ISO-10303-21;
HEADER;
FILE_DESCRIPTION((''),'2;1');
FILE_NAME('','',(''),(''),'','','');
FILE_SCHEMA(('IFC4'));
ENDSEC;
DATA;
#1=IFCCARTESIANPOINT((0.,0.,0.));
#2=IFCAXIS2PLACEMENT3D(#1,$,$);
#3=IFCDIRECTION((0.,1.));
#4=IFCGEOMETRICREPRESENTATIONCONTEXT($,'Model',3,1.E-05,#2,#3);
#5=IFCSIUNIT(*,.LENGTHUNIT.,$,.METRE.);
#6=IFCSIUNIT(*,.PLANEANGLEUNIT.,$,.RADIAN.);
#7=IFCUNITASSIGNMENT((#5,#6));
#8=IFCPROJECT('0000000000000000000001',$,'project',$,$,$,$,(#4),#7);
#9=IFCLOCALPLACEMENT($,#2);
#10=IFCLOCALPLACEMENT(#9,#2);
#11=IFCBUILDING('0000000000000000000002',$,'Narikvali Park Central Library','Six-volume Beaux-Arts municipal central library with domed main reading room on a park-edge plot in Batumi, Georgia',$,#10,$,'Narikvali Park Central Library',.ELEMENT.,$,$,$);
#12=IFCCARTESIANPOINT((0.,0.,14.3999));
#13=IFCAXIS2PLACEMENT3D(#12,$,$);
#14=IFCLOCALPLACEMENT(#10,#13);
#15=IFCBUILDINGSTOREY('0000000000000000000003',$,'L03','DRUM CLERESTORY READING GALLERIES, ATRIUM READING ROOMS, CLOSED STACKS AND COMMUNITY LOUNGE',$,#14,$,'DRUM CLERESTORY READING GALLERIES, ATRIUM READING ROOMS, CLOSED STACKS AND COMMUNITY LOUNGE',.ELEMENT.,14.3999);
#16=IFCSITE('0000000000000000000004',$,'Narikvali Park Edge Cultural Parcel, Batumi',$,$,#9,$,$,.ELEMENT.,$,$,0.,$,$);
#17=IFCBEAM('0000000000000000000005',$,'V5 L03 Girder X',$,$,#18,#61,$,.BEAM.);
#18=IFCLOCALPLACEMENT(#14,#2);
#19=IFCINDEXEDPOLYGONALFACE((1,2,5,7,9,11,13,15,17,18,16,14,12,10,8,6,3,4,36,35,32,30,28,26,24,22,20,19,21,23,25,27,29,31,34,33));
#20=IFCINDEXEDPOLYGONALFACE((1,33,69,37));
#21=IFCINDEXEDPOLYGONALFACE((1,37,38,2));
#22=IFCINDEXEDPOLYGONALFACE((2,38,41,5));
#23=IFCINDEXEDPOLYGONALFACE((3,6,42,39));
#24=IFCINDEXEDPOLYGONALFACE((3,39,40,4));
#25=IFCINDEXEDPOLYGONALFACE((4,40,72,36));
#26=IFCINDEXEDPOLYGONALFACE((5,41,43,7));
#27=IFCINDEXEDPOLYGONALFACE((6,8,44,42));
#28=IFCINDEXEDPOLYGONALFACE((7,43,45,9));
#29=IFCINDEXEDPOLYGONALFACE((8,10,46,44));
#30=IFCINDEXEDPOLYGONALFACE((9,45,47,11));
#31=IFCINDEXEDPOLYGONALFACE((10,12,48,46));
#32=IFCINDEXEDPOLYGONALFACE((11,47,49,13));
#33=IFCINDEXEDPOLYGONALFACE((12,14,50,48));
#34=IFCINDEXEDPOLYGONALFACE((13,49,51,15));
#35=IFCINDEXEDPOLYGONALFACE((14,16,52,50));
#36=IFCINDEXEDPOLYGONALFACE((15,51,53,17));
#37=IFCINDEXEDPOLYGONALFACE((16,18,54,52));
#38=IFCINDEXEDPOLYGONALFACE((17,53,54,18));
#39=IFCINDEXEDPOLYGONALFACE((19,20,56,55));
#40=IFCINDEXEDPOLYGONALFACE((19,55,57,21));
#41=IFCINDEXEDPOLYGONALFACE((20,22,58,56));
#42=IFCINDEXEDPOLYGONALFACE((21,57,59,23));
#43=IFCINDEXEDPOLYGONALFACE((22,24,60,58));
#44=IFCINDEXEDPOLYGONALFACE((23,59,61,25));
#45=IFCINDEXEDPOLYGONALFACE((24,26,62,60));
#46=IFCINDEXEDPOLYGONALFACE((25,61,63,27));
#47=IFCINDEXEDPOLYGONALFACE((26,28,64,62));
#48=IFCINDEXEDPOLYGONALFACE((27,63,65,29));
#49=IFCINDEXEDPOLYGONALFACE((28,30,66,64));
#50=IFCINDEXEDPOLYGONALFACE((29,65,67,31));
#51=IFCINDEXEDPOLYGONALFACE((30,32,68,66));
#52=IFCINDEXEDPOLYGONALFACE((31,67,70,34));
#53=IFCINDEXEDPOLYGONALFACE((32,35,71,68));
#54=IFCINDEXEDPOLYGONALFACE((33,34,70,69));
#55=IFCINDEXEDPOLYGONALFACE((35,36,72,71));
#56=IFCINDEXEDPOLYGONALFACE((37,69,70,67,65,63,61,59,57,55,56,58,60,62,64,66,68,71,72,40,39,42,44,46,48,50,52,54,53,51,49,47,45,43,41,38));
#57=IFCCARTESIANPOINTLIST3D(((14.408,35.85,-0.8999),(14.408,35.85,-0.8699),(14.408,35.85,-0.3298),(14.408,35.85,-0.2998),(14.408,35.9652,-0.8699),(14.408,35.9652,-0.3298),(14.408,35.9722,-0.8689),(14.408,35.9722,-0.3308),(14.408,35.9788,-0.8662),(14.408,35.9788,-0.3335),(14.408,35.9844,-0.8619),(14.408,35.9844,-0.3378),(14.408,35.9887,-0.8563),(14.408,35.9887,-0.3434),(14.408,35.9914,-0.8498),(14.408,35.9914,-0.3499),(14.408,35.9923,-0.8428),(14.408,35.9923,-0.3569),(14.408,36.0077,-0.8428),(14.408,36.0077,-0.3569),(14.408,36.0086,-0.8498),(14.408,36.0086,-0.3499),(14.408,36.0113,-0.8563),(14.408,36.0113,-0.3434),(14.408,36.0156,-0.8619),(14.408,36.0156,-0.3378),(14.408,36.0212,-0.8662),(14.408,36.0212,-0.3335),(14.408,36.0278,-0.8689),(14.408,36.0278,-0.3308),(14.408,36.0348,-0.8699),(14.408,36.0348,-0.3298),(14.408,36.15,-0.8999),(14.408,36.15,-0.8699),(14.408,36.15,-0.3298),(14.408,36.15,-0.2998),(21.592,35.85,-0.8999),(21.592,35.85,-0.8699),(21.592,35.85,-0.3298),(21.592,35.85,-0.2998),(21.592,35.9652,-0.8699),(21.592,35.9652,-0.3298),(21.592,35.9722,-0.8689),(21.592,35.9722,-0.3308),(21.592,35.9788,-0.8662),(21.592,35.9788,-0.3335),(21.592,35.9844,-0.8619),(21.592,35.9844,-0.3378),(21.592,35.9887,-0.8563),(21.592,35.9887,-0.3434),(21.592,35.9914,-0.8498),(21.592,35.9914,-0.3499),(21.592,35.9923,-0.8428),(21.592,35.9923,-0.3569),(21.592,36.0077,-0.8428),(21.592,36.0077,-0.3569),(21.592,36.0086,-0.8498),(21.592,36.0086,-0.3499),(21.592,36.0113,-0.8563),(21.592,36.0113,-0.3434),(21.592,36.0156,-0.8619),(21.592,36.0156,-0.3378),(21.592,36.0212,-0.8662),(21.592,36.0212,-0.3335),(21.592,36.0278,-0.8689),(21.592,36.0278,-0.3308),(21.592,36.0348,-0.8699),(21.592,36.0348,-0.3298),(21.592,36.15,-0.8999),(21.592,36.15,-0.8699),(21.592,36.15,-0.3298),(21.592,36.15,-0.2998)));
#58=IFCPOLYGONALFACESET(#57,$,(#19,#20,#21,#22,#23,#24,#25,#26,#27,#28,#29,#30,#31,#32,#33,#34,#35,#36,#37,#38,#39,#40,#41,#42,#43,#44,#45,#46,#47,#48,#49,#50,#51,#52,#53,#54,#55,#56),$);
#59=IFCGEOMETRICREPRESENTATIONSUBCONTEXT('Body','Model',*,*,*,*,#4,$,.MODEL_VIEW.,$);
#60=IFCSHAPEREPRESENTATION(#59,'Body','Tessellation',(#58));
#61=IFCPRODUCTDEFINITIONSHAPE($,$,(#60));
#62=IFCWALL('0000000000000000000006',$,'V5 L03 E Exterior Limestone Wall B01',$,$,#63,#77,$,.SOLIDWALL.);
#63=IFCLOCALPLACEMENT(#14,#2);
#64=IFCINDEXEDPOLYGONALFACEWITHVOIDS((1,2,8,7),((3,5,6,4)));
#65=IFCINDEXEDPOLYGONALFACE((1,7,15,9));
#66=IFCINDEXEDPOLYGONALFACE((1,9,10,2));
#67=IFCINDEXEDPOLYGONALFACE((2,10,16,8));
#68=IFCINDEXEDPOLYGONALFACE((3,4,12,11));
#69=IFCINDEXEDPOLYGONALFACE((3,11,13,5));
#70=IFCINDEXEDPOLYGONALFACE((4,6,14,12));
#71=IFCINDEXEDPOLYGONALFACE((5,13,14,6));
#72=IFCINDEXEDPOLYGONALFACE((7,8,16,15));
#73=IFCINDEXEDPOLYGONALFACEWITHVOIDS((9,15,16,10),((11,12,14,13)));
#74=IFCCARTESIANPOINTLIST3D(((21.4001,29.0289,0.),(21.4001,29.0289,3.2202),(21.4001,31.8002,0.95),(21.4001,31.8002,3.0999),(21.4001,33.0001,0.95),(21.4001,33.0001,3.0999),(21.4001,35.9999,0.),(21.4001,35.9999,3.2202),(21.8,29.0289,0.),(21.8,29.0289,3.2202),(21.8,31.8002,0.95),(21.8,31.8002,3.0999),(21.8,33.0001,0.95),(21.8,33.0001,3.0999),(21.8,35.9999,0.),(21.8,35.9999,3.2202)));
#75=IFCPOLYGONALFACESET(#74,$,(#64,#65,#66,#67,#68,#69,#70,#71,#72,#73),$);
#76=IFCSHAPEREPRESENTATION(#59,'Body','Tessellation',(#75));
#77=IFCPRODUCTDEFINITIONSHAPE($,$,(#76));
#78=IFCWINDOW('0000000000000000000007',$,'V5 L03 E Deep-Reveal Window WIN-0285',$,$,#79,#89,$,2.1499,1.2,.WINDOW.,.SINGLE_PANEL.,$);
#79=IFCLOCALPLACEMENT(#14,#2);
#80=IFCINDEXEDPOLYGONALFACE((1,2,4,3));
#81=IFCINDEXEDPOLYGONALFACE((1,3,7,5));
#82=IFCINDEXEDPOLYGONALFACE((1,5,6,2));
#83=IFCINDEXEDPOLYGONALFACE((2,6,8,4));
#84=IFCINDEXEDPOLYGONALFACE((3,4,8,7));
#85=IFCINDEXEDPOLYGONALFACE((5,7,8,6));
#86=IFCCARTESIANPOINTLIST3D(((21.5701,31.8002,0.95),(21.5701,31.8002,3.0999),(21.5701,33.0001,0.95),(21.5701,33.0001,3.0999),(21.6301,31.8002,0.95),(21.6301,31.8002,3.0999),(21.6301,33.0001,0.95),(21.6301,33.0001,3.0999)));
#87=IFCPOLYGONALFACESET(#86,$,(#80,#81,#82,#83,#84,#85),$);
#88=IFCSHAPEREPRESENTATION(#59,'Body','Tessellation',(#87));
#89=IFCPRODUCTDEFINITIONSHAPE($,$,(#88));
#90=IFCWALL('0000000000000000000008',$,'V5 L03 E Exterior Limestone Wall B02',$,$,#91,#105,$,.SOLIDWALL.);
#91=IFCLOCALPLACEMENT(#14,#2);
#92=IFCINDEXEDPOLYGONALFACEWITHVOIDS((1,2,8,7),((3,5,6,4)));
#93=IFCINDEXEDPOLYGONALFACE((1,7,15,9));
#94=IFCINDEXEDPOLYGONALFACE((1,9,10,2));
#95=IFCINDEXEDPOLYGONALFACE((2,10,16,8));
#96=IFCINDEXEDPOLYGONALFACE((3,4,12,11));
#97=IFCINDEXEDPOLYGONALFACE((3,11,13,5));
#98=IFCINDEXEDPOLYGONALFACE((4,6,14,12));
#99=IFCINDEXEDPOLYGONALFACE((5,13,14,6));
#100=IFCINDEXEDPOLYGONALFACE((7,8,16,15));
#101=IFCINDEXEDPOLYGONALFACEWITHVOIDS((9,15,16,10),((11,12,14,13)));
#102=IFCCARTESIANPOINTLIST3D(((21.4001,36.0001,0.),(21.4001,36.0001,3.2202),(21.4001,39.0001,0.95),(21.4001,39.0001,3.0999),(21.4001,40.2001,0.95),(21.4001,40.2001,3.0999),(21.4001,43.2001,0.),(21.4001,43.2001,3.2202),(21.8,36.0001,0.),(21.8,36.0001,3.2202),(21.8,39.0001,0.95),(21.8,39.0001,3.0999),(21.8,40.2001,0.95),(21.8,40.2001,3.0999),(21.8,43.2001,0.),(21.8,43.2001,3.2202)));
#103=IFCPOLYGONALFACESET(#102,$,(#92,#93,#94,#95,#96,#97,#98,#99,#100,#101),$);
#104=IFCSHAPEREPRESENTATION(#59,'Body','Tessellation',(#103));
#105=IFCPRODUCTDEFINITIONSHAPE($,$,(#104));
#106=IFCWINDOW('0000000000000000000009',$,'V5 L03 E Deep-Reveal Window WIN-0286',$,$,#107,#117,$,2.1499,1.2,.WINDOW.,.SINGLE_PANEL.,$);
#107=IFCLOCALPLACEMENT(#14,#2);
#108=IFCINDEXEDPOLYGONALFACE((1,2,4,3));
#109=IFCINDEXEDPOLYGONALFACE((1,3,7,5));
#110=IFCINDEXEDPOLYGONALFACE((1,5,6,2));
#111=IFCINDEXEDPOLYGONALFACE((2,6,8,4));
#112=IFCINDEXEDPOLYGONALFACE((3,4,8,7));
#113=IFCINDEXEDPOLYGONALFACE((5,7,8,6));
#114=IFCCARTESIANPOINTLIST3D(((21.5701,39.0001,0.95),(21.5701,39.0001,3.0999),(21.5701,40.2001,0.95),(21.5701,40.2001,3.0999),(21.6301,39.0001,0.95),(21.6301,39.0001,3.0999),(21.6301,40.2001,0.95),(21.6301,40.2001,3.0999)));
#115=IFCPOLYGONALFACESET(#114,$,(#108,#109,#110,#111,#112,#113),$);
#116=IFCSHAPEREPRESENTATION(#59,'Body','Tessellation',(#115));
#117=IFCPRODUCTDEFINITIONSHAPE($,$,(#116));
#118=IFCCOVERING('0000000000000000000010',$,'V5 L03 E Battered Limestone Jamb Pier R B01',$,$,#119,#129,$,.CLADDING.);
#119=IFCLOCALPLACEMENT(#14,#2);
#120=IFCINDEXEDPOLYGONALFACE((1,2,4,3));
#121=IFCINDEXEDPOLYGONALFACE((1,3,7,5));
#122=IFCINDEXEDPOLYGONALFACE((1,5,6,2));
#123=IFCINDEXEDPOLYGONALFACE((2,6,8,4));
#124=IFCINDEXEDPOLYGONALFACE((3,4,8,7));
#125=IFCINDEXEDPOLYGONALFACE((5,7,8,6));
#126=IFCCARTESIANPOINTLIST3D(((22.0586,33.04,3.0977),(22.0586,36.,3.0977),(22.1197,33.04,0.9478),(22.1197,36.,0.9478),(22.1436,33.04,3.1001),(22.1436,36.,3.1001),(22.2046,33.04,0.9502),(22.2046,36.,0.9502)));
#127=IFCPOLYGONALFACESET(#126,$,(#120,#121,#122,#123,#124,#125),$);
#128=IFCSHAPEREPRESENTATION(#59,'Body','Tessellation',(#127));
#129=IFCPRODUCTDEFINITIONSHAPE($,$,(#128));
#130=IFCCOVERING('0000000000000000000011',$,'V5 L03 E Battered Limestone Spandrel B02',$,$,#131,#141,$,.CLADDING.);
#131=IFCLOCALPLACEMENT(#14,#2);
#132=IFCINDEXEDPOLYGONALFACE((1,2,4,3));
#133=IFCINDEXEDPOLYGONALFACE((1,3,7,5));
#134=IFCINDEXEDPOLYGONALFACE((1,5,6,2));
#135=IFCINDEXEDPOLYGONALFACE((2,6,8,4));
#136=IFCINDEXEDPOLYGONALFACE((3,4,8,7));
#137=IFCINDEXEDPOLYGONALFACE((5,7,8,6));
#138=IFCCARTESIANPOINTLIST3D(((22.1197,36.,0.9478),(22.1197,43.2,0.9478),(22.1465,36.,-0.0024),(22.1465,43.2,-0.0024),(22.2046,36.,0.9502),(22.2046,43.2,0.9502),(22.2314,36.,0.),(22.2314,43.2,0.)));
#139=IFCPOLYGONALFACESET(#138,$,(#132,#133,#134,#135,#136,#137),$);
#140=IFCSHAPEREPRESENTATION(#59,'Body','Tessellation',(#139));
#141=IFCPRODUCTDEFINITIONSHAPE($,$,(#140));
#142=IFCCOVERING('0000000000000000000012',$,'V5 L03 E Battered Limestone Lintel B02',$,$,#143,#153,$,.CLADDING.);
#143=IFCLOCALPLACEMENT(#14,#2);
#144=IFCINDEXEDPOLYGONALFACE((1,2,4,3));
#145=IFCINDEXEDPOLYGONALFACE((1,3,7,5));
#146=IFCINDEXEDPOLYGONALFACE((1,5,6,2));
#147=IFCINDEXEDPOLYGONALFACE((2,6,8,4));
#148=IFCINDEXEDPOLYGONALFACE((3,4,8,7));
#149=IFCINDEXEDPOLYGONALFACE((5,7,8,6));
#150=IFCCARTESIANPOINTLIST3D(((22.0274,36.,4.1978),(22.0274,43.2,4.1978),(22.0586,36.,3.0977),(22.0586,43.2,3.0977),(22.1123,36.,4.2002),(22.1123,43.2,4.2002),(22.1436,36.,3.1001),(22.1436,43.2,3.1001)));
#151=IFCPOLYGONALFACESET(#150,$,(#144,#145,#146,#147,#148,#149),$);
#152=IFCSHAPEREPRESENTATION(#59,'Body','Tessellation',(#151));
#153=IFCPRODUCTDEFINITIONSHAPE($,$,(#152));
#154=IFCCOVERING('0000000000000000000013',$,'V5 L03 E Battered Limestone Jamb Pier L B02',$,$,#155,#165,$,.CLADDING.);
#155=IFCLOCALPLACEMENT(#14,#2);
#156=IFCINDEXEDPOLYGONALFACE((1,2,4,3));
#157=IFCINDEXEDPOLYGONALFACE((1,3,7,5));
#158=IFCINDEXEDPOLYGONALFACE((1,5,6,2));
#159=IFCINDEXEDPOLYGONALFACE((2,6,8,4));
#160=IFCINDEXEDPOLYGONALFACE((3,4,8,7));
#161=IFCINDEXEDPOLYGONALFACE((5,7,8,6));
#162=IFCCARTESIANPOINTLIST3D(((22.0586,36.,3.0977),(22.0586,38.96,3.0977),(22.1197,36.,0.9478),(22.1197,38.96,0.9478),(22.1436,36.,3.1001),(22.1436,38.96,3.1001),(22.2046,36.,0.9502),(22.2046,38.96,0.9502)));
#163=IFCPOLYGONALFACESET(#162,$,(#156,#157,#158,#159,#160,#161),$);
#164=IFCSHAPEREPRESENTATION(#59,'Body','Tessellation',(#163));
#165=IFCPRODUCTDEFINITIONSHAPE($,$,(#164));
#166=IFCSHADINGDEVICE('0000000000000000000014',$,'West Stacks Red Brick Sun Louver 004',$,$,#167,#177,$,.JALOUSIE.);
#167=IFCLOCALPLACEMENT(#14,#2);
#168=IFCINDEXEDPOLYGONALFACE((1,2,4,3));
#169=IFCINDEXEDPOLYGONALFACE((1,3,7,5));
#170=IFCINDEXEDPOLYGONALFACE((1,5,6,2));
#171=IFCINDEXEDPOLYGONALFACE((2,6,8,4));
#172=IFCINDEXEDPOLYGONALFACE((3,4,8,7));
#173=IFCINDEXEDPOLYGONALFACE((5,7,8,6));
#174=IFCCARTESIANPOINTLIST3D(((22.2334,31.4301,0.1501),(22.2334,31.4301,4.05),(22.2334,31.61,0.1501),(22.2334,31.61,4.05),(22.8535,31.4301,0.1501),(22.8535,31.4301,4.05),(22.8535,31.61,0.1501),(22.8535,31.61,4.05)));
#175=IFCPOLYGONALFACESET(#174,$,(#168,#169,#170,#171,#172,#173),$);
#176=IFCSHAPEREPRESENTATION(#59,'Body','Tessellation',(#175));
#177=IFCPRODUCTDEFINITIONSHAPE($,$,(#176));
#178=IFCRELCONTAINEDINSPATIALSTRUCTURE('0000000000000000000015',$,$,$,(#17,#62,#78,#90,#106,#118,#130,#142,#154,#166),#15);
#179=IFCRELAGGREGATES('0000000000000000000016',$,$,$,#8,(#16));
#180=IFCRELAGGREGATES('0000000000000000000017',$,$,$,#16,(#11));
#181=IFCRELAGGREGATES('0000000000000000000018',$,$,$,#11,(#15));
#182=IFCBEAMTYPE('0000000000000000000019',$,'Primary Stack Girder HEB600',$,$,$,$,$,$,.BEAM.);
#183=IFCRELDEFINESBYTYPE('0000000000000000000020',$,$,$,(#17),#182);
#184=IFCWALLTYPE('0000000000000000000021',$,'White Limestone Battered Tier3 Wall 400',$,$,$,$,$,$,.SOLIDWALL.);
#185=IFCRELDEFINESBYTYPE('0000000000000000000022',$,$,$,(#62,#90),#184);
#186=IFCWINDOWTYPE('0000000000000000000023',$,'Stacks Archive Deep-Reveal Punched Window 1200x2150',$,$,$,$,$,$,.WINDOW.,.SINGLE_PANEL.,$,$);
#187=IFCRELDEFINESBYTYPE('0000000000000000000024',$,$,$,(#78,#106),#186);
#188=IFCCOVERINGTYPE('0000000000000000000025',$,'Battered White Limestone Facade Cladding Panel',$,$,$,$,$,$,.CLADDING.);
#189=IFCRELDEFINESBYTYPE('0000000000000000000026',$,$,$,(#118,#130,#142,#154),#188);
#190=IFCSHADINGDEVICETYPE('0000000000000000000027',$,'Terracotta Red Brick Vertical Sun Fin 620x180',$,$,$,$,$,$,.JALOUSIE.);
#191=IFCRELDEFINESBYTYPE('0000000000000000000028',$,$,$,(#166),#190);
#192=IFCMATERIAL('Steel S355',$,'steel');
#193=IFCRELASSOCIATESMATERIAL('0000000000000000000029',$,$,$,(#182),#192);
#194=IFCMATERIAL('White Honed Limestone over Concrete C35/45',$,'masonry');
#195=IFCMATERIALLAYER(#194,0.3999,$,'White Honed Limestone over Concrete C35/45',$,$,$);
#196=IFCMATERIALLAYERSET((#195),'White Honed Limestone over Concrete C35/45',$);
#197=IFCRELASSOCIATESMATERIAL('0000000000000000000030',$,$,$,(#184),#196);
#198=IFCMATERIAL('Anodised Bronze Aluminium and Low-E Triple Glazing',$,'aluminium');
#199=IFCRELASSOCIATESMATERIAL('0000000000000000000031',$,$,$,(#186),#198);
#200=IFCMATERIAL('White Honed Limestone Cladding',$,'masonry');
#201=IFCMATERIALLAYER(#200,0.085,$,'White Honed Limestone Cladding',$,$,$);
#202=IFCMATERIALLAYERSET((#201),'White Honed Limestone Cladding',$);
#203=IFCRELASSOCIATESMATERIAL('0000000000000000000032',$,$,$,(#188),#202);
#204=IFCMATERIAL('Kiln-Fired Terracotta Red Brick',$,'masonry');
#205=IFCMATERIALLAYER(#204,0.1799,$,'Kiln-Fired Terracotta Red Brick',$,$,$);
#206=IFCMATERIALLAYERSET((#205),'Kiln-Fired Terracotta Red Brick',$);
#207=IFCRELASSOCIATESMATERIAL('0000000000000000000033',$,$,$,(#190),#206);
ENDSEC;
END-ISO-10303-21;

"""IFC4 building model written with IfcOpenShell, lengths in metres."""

from ifc_helpers import new_model, si_unit, direction, frame, frame_2d, origin, origin_2d, place, context, subcontext, project, spatial, polyline, rectangle, i_section, outline, extrude, material, layer, layer_set, material_profile, profile_set, type_object, element, fill, save


model = new_model("IFC4")

# Units and contexts
model_context = context("Model", 3, precision=1e-05, world=origin(), true_north=direction((0.0, 1.0)))
body_context = subcontext(model_context, "Body", "Model", "MODEL_VIEW")
ifc_project = project(units=[si_unit("LENGTHUNIT", "METRE"), si_unit("PLANEANGLEUNIT", "RADIAN")], contexts=[model_context])

# Site, building, storey
site_placement = place(None, origin())
site = spatial("IfcSite", under=ifc_project, at=site_placement, Name="Narikvali Park Edge Cultural Parcel, Batumi", CompositionType="ELEMENT", RefElevation=0.0)
building_placement = place(site_placement, origin())
building = spatial("IfcBuilding", under=site, at=building_placement, Name="Narikvali Park Central Library", Description="Six-volume Beaux-Arts municipal central library with domed main reading room on a park-edge plot in Batumi, Georgia", LongName="Narikvali Park Central Library", CompositionType="ELEMENT")
storey_placement = place(building_placement, frame((0.0, 0.0, 14.3999)))
storey = spatial("IfcBuildingStorey", under=building, at=storey_placement, Name="L03", Description="DRUM CLERESTORY READING GALLERIES, ATRIUM READING ROOMS, CLOSED STACKS AND COMMUNITY LOUNGE", LongName="DRUM CLERESTORY READING GALLERIES, ATRIUM READING ROOMS, CLOSED STACKS AND COMMUNITY LOUNGE", CompositionType="ELEMENT", Elevation=14.3999)

# Shared definitions
ifc_material_1 = material(Name="Steel S355", Category="steel")

# Beam
ifc_material_profile_1 = material_profile(ifc_material_1, i_section(OverallWidth=0.3, OverallDepth=0.6001, WebThickness=0.0154, FlangeThickness=0.03, FilletRadius=0.0271, at=origin_2d()), Name="HEB 600")
ifc_profile_set_1 = profile_set([ifc_material_profile_1], Name="Steel S355")
beam_type_1 = type_object("IfcBeamType", Name="Primary Stack Girder HEB600", PredefinedType="BEAM", material=ifc_profile_set_1)
beam_placement = place(storey_placement, frame((14.408, 36.0, -0.5999), z_axis=(1.0, 0.0, 0.0), x_axis=(0.0, 1.0, 0.0)))
element("IfcBeam", 1, at=beam_placement, inside=storey, type_object=beam_type_1, Name="V5 L03 Girder X", PredefinedType="BEAM", context=body_context, shape_type="SweptSolid", body=[
    extrude(i_section(OverallWidth=0.3, OverallDepth=0.6001, WebThickness=0.0154, FlangeThickness=0.03, FilletRadius=0.0271, at=origin_2d()), origin(), (0.0, 0.0, 1.0), 7.1841),
])

# Walls, openings, windows
ifc_material_2 = material(Name="White Honed Limestone over Concrete C35/45", Category="masonry")
ifc_layer_1 = layer(ifc_material_2, 0.3999, Name="White Honed Limestone over Concrete C35/45")
ifc_layer_set_1 = layer_set([ifc_layer_1], Name="White Honed Limestone over Concrete C35/45")
wall_type = type_object("IfcWallType", Name="White Limestone Battered Tier3 Wall 400", PredefinedType="SOLIDWALL", material=ifc_layer_set_1)
wall_1_placement = place(storey_placement, frame((21.6001, 29.0291, 0.0), z_axis=(0.0, 0.0, 1.0), x_axis=(0.0, 1.0, 0.0)))
wall_1 = element("IfcWall", 2, at=wall_1_placement, inside=storey, type_object=wall_type, Name="V5 L03 E Exterior Limestone Wall B01", PredefinedType="SOLIDWALL", context=body_context, shape_type="SweptSolid", body=[
    extrude(rectangle(XDim=6.9709, YDim=0.3999, at=frame_2d((3.4854, 0.0))), origin(), (0.0, 0.0, 1.0), 3.2202),
])
opening_1_placement = place(wall_1_placement, frame((2.771, 0.0, 0.95)))
opening_1 = element("IfcOpeningElement", 3, at=opening_1_placement, cuts=wall_1, PredefinedType="OPENING", context=body_context, shape_type="SweptSolid", body=[
    extrude(rectangle(XDim=1.2, YDim=2.1499, at=frame_2d((0.6001, 1.075))), frame((0.0, 0.2119, 0.0), z_axis=(0.0, -1.0, 0.0), x_axis=(1.0, 0.0, 0.0)), (0.0, 0.0, 1.0), 0.4238),
])
ifc_material_3 = material(Name="Anodised Bronze Aluminium and Low-E Triple Glazing", Category="aluminium")
window_type = type_object("IfcWindowType", Name="Stacks Archive Deep-Reveal Punched Window 1200x2150", PartitioningType="SINGLE_PANEL", PredefinedType="WINDOW", material=ifc_material_3)
window_1_placement = place(opening_1_placement, origin())
window_1 = element("IfcWindow", 4, at=window_1_placement, inside=storey, type_object=window_type, Name="V5 L03 E Deep-Reveal Window WIN-0285", OverallHeight=2.1499, OverallWidth=1.2, PartitioningType="SINGLE_PANEL", PredefinedType="WINDOW", context=body_context, shape_type="SweptSolid", body=[
    extrude(rectangle(XDim=1.2, YDim=2.1499, at=frame_2d((0.6001, 1.075))), frame((0.0, 0.03, 0.0), z_axis=(0.0, -1.0, 0.0), x_axis=(1.0, 0.0, 0.0)), (0.0, 0.0, 1.0), 0.0601),
])
fill(opening_1, window_1)
wall_2_placement = place(storey_placement, frame((21.6001, 36.0, 0.0), z_axis=(0.0, 0.0, 1.0), x_axis=(0.0, 1.0, 0.0)))
wall_2 = element("IfcWall", 5, at=wall_2_placement, inside=storey, type_object=wall_type, Name="V5 L03 E Exterior Limestone Wall B02", PredefinedType="SOLIDWALL", context=body_context, shape_type="SweptSolid", body=[
    extrude(rectangle(XDim=7.2, YDim=0.3999, at=frame_2d((3.6001, 0.0))), origin(), (0.0, 0.0, 1.0), 3.2202),
])
opening_2_placement = place(wall_2_placement, frame((3.0, 0.0, 0.95)))
opening_2 = element("IfcOpeningElement", 6, at=opening_2_placement, cuts=wall_2, PredefinedType="OPENING", context=body_context, shape_type="SweptSolid", body=[
    extrude(rectangle(XDim=1.2, YDim=2.1499, at=frame_2d((0.6001, 1.075))), frame((0.0, 0.2119, 0.0), z_axis=(0.0, -1.0, 0.0), x_axis=(1.0, 0.0, 0.0)), (0.0, 0.0, 1.0), 0.4238),
])
window_2_placement = place(opening_2_placement, origin())
window_2 = element("IfcWindow", 7, at=window_2_placement, inside=storey, type_object=window_type, Name="V5 L03 E Deep-Reveal Window WIN-0286", OverallHeight=2.1499, OverallWidth=1.2, PartitioningType="SINGLE_PANEL", PredefinedType="WINDOW", context=body_context, shape_type="SweptSolid", body=[
    extrude(rectangle(XDim=1.2, YDim=2.1499, at=frame_2d((0.6001, 1.075))), frame((0.0, 0.03, 0.0), z_axis=(0.0, -1.0, 0.0), x_axis=(1.0, 0.0, 0.0)), (0.0, 0.0, 1.0), 0.0601),
])
fill(opening_2, window_2)

# Coverings
ifc_material_4 = material(Name="White Honed Limestone Cladding", Category="masonry")
ifc_layer_2 = layer(ifc_material_4, 0.085, Name="White Honed Limestone Cladding")
ifc_layer_set_2 = layer_set([ifc_layer_2], Name="White Honed Limestone Cladding")
covering_type = type_object("IfcCoveringType", Name="Battered White Limestone Facade Cladding Panel", PredefinedType="CLADDING", material=ifc_layer_set_2)
covering_1_placement = place(storey_placement, frame((22.2046, 33.04, 0.9502), z_axis=(0.999597, 0.0, 0.028378), x_axis=(0.0, 1.0, 0.0)))
element("IfcCovering", 8, at=covering_1_placement, inside=storey, type_object=covering_type, Name="V5 L03 E Battered Limestone Jamb Pier R B01", PredefinedType="CLADDING", context=body_context, shape_type="SweptSolid", body=[
    extrude(outline(polyline([(0.0, 0.0), (2.96, 0.0), (2.96, 2.1508), (0.0, 2.1508), (0.0, 0.0)])), origin(), (0.0, 0.0, -1.0), 0.085),
])
covering_2_placement = place(storey_placement, frame((22.2314, 36.0, 0.0), z_axis=(0.999601, 0.0, 0.028252), x_axis=(0.0, 1.0, 0.0)))
element("IfcCovering", 9, at=covering_2_placement, inside=storey, type_object=covering_type, Name="V5 L03 E Battered Limestone Spandrel B02", PredefinedType="CLADDING", context=body_context, shape_type="SweptSolid", body=[
    extrude(outline(polyline([(0.0, 0.0), (7.2, 0.0), (7.2, 0.9506), (0.0, 0.9506), (0.0, 0.0)])), origin(), (0.0, 0.0, -1.0), 0.085),
])
covering_3_placement = place(storey_placement, frame((22.1436, 36.0, 3.1001), z_axis=(0.999597, 0.0, 0.028395), x_axis=(0.0, 1.0, 0.0)))
element("IfcCovering", 10, at=covering_3_placement, inside=storey, type_object=covering_type, Name="V5 L03 E Battered Limestone Lintel B02", PredefinedType="CLADDING", context=body_context, shape_type="SweptSolid", body=[
    extrude(outline(polyline([(0.0, 0.0), (7.2, 0.0), (7.2, 1.1005), (0.0, 1.1005), (0.0, 0.0)])), origin(), (0.0, 0.0, -1.0), 0.085),
])
covering_4_placement = place(storey_placement, frame((22.2046, 36.0, 0.9502), z_axis=(0.999597, 0.0, 0.028378), x_axis=(0.0, 1.0, 0.0)))
element("IfcCovering", 11, at=covering_4_placement, inside=storey, type_object=covering_type, Name="V5 L03 E Battered Limestone Jamb Pier L B02", PredefinedType="CLADDING", context=body_context, shape_type="SweptSolid", body=[
    extrude(outline(polyline([(0.0, 0.0), (2.96, 0.0), (2.96, 2.1508), (0.0, 2.1508), (0.0, 0.0)])), origin(), (0.0, 0.0, -1.0), 0.085),
])

# Shading device
ifc_material_5 = material(Name="Kiln-Fired Terracotta Red Brick", Category="masonry")
ifc_layer_3 = layer(ifc_material_5, 0.1799, Name="Kiln-Fired Terracotta Red Brick")
ifc_layer_set_3 = layer_set([ifc_layer_3], Name="Kiln-Fired Terracotta Red Brick")
shading_device_type = type_object("IfcShadingDeviceType", Name="Terracotta Red Brick Vertical Sun Fin 620x180", PredefinedType="JALOUSIE", material=ifc_layer_set_3)
shading_device_placement = place(storey_placement, frame((22.5435, 31.52, 0.1501), z_axis=(0.0, 0.0, 1.0), x_axis=(1.0, 0.0, 0.0)))
element("IfcShadingDevice", 12, at=shading_device_placement, inside=storey, type_object=shading_device_type, Name="West Stacks Red Brick Sun Louver 004", PredefinedType="JALOUSIE", context=body_context, shape_type="SweptSolid", body=[
    extrude(rectangle(XDim=0.6201, YDim=0.1799, at=origin_2d()), origin(), (0.0, 0.0, 1.0), 3.8999),
])

save(model, "model.ifc")
